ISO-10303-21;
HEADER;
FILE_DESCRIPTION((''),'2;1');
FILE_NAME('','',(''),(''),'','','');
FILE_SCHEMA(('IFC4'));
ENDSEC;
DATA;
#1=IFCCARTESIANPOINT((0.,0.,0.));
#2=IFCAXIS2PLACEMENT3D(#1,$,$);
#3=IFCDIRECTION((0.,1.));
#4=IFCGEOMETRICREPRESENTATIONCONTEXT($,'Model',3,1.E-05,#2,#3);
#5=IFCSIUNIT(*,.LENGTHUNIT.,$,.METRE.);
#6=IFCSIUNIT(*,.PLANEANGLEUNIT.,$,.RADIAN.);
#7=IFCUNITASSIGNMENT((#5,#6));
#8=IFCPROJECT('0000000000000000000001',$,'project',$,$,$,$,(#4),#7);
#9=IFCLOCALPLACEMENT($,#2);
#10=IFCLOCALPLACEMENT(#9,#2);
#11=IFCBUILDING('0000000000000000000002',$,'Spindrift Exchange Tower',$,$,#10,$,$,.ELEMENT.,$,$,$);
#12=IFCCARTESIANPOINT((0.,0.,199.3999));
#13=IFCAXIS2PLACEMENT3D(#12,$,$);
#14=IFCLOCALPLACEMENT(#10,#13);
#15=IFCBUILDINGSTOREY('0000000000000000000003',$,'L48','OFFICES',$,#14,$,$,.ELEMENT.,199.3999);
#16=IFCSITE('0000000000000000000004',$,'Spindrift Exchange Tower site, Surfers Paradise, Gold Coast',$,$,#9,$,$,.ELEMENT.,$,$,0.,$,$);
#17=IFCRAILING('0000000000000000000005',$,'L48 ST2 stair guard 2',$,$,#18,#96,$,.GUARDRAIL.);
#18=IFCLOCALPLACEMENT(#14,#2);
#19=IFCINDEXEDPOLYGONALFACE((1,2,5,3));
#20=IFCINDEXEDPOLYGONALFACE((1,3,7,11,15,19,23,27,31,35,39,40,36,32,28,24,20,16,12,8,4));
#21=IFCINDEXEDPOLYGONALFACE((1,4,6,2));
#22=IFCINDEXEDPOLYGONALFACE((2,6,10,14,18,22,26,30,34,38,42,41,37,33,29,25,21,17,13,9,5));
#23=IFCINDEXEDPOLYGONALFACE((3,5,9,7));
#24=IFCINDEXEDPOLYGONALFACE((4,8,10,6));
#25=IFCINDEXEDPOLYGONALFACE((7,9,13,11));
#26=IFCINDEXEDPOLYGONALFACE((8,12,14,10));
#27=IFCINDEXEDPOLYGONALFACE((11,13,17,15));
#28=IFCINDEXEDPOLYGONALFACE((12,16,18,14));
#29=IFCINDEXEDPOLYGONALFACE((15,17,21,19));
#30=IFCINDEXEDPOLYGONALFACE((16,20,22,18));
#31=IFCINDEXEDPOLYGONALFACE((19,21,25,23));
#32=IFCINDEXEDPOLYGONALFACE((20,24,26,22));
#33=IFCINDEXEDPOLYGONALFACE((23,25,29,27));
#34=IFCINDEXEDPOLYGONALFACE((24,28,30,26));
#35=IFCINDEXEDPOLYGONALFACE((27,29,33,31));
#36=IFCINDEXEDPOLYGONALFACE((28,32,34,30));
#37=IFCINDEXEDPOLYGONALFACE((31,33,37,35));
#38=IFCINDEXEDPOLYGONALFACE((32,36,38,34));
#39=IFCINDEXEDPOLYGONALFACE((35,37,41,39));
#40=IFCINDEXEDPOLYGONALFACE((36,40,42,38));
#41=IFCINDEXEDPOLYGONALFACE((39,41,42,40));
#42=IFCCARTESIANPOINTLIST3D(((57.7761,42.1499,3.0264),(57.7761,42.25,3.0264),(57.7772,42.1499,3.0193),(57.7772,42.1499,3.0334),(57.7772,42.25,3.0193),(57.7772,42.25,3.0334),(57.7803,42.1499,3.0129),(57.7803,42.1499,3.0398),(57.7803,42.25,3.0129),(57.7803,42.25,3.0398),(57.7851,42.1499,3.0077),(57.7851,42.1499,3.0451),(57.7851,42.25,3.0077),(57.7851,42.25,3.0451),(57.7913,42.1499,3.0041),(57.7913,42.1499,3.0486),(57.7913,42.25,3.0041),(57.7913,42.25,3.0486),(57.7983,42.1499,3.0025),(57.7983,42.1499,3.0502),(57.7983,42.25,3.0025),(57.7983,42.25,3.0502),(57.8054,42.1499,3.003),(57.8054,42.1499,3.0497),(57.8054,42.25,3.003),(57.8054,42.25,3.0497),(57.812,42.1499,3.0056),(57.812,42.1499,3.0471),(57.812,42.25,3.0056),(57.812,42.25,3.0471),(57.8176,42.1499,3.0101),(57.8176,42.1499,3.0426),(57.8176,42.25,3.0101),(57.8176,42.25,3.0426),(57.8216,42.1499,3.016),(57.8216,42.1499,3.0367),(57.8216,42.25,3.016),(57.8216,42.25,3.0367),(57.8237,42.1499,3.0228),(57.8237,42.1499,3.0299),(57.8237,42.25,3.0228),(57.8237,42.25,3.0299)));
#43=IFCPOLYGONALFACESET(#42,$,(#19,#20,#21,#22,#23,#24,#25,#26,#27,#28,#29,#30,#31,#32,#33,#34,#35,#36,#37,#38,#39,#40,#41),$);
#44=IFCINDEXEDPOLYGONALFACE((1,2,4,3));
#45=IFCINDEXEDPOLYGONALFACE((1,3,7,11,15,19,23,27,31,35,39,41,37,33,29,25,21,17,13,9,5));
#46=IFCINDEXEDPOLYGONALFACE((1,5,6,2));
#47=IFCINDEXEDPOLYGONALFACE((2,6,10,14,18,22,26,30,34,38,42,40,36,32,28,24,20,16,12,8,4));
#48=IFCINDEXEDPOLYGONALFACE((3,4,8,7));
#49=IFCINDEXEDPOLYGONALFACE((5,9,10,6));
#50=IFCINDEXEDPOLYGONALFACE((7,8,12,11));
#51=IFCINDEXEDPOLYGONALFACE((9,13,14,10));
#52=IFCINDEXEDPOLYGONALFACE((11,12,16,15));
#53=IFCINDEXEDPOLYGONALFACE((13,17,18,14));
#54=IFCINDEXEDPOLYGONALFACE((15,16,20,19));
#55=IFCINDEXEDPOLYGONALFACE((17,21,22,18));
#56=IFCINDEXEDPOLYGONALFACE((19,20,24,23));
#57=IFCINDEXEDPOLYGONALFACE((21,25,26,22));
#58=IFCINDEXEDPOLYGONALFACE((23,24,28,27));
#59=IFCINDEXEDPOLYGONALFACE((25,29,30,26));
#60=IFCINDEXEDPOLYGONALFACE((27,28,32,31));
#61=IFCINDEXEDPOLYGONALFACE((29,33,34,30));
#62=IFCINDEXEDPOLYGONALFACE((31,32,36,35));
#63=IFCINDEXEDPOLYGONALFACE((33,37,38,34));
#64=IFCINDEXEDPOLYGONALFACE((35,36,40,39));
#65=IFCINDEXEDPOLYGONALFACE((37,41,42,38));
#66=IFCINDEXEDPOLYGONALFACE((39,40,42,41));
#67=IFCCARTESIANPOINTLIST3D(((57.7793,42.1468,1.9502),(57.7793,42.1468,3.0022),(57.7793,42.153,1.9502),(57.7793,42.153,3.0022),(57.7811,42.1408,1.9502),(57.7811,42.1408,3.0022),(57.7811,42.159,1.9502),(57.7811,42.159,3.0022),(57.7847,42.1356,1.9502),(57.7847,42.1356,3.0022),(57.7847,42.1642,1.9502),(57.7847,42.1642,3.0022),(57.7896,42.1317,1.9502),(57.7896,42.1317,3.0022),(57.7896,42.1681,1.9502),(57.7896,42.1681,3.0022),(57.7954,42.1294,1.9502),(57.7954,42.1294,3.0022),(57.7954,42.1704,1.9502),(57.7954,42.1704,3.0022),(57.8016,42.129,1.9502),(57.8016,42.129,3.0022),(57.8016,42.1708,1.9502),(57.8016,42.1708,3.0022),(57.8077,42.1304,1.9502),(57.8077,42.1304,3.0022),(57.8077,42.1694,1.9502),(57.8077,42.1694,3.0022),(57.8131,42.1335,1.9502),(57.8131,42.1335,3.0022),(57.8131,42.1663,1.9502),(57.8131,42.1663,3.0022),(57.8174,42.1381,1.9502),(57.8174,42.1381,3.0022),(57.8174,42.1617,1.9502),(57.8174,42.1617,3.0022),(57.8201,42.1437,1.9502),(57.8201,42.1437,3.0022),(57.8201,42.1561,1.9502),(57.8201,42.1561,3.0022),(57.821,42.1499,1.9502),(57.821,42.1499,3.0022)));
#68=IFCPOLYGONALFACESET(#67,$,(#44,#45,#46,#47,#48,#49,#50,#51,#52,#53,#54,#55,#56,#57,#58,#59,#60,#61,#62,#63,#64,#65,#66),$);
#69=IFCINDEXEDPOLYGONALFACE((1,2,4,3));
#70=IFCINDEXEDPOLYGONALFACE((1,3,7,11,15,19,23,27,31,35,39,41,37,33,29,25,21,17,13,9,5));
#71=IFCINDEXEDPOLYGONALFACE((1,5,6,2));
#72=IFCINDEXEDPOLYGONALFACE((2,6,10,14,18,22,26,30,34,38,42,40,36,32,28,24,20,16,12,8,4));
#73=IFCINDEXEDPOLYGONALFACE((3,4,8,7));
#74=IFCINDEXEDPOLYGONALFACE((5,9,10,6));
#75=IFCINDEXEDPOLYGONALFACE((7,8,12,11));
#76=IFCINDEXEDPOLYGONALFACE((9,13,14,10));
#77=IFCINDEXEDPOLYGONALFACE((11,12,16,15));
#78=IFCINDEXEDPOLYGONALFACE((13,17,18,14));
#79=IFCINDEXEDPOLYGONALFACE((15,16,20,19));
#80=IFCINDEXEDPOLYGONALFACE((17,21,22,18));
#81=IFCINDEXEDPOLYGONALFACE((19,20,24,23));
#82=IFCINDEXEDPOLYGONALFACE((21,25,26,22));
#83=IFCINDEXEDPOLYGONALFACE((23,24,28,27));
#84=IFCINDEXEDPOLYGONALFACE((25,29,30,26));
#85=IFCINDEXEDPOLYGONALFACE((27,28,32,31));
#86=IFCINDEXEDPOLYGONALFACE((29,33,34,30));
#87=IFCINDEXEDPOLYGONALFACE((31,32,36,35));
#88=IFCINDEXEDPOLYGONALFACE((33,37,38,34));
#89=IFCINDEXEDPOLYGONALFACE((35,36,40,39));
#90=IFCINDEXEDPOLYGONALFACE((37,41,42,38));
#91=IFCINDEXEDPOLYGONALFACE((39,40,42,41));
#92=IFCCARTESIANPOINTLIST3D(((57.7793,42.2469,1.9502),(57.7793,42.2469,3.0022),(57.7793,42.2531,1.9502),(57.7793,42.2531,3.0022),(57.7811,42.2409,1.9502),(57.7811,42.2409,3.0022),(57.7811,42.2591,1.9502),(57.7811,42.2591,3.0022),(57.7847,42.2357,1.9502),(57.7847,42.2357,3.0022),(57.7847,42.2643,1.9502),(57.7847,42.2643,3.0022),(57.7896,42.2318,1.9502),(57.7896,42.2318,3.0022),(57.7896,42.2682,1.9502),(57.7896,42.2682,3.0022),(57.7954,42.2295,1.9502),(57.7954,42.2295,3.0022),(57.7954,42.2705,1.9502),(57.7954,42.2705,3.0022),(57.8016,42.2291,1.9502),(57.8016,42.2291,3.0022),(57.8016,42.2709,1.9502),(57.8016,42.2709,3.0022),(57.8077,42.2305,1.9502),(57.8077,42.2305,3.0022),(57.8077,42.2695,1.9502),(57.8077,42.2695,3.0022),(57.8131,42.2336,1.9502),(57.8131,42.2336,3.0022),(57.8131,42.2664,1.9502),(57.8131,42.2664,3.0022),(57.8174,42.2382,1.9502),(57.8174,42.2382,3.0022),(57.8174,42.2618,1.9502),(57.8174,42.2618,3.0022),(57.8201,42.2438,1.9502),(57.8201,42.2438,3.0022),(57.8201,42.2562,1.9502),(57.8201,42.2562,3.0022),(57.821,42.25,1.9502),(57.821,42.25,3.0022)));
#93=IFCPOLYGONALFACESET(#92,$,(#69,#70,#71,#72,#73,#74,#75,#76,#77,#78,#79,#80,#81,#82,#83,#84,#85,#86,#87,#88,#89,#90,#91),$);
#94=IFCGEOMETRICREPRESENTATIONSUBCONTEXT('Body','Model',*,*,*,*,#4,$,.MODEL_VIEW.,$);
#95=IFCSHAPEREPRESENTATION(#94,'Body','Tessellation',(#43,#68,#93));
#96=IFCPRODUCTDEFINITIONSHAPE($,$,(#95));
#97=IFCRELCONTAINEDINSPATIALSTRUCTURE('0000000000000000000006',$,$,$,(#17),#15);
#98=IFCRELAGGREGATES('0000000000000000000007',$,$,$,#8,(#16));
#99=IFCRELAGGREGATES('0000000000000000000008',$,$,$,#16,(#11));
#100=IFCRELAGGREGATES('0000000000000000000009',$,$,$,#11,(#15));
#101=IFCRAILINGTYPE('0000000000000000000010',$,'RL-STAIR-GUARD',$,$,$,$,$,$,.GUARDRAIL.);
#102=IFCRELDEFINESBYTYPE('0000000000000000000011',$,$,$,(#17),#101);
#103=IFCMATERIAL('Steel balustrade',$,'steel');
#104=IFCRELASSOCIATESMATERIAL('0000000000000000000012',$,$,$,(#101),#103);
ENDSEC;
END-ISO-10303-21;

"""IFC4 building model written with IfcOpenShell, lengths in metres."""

from ifc_helpers import new_model, si_unit, direction, frame, origin, origin_2d, place, context, subcontext, project, spatial, circle, extrude, material, type_object, element, save


model = new_model("IFC4")

# Units and contexts
model_context = context("Model", 3, precision=1e-05, world=origin(), true_north=direction((0.0, 1.0)))
body_context = subcontext(model_context, "Body", "Model", "MODEL_VIEW")
ifc_project = project(units=[si_unit("LENGTHUNIT", "METRE"), si_unit("PLANEANGLEUNIT", "RADIAN")], contexts=[model_context])

# Site, building, storey
site_placement = place(None, origin())
site = spatial("IfcSite", under=ifc_project, at=site_placement, Name="Spindrift Exchange Tower site, Surfers Paradise, Gold Coast", CompositionType="ELEMENT", RefElevation=0.0)
building_placement = place(site_placement, origin())
building = spatial("IfcBuilding", under=site, at=building_placement, Name="Spindrift Exchange Tower", CompositionType="ELEMENT")
storey_placement = place(building_placement, frame((0.0, 0.0, 199.3999)))
storey = spatial("IfcBuildingStorey", under=building, at=storey_placement, Name="L48", Description="OFFICES", CompositionType="ELEMENT", Elevation=199.3999)

# Railing
ifc_material_1 = material(Name="Steel balustrade", Category="steel")
railing_type_1 = type_object("IfcRailingType", Name="RL-STAIR-GUARD", PredefinedType="GUARDRAIL", material=ifc_material_1)
railing_1_placement = place(storey_placement, frame((57.8, 42.1499, 1.9502)))
element("IfcRailing", 1, at=railing_1_placement, inside=storey, type_object=railing_type_1, Name="L48 ST2 stair guard 2", PredefinedType="GUARDRAIL", context=body_context, shape_type="SweptSolid", body=[
    extrude(circle(Radius=0.0239, at=origin_2d()), frame((0.0, 0.0, 1.0762), z_axis=(0.0, 1.0, 0.0), x_axis=(-1.0, 0.0, 0.0)), (0.0, 0.0, 1.0), 0.1001),
    extrude(circle(Radius=0.021, at=origin_2d()), origin(), (0.0, 0.0, 1.0), 1.052),
    extrude(circle(Radius=0.021, at=origin_2d()), frame((0.0, 0.1001, 0.0)), (0.0, 0.0, 1.0), 1.052),
])

save(model, "model.ifc")
